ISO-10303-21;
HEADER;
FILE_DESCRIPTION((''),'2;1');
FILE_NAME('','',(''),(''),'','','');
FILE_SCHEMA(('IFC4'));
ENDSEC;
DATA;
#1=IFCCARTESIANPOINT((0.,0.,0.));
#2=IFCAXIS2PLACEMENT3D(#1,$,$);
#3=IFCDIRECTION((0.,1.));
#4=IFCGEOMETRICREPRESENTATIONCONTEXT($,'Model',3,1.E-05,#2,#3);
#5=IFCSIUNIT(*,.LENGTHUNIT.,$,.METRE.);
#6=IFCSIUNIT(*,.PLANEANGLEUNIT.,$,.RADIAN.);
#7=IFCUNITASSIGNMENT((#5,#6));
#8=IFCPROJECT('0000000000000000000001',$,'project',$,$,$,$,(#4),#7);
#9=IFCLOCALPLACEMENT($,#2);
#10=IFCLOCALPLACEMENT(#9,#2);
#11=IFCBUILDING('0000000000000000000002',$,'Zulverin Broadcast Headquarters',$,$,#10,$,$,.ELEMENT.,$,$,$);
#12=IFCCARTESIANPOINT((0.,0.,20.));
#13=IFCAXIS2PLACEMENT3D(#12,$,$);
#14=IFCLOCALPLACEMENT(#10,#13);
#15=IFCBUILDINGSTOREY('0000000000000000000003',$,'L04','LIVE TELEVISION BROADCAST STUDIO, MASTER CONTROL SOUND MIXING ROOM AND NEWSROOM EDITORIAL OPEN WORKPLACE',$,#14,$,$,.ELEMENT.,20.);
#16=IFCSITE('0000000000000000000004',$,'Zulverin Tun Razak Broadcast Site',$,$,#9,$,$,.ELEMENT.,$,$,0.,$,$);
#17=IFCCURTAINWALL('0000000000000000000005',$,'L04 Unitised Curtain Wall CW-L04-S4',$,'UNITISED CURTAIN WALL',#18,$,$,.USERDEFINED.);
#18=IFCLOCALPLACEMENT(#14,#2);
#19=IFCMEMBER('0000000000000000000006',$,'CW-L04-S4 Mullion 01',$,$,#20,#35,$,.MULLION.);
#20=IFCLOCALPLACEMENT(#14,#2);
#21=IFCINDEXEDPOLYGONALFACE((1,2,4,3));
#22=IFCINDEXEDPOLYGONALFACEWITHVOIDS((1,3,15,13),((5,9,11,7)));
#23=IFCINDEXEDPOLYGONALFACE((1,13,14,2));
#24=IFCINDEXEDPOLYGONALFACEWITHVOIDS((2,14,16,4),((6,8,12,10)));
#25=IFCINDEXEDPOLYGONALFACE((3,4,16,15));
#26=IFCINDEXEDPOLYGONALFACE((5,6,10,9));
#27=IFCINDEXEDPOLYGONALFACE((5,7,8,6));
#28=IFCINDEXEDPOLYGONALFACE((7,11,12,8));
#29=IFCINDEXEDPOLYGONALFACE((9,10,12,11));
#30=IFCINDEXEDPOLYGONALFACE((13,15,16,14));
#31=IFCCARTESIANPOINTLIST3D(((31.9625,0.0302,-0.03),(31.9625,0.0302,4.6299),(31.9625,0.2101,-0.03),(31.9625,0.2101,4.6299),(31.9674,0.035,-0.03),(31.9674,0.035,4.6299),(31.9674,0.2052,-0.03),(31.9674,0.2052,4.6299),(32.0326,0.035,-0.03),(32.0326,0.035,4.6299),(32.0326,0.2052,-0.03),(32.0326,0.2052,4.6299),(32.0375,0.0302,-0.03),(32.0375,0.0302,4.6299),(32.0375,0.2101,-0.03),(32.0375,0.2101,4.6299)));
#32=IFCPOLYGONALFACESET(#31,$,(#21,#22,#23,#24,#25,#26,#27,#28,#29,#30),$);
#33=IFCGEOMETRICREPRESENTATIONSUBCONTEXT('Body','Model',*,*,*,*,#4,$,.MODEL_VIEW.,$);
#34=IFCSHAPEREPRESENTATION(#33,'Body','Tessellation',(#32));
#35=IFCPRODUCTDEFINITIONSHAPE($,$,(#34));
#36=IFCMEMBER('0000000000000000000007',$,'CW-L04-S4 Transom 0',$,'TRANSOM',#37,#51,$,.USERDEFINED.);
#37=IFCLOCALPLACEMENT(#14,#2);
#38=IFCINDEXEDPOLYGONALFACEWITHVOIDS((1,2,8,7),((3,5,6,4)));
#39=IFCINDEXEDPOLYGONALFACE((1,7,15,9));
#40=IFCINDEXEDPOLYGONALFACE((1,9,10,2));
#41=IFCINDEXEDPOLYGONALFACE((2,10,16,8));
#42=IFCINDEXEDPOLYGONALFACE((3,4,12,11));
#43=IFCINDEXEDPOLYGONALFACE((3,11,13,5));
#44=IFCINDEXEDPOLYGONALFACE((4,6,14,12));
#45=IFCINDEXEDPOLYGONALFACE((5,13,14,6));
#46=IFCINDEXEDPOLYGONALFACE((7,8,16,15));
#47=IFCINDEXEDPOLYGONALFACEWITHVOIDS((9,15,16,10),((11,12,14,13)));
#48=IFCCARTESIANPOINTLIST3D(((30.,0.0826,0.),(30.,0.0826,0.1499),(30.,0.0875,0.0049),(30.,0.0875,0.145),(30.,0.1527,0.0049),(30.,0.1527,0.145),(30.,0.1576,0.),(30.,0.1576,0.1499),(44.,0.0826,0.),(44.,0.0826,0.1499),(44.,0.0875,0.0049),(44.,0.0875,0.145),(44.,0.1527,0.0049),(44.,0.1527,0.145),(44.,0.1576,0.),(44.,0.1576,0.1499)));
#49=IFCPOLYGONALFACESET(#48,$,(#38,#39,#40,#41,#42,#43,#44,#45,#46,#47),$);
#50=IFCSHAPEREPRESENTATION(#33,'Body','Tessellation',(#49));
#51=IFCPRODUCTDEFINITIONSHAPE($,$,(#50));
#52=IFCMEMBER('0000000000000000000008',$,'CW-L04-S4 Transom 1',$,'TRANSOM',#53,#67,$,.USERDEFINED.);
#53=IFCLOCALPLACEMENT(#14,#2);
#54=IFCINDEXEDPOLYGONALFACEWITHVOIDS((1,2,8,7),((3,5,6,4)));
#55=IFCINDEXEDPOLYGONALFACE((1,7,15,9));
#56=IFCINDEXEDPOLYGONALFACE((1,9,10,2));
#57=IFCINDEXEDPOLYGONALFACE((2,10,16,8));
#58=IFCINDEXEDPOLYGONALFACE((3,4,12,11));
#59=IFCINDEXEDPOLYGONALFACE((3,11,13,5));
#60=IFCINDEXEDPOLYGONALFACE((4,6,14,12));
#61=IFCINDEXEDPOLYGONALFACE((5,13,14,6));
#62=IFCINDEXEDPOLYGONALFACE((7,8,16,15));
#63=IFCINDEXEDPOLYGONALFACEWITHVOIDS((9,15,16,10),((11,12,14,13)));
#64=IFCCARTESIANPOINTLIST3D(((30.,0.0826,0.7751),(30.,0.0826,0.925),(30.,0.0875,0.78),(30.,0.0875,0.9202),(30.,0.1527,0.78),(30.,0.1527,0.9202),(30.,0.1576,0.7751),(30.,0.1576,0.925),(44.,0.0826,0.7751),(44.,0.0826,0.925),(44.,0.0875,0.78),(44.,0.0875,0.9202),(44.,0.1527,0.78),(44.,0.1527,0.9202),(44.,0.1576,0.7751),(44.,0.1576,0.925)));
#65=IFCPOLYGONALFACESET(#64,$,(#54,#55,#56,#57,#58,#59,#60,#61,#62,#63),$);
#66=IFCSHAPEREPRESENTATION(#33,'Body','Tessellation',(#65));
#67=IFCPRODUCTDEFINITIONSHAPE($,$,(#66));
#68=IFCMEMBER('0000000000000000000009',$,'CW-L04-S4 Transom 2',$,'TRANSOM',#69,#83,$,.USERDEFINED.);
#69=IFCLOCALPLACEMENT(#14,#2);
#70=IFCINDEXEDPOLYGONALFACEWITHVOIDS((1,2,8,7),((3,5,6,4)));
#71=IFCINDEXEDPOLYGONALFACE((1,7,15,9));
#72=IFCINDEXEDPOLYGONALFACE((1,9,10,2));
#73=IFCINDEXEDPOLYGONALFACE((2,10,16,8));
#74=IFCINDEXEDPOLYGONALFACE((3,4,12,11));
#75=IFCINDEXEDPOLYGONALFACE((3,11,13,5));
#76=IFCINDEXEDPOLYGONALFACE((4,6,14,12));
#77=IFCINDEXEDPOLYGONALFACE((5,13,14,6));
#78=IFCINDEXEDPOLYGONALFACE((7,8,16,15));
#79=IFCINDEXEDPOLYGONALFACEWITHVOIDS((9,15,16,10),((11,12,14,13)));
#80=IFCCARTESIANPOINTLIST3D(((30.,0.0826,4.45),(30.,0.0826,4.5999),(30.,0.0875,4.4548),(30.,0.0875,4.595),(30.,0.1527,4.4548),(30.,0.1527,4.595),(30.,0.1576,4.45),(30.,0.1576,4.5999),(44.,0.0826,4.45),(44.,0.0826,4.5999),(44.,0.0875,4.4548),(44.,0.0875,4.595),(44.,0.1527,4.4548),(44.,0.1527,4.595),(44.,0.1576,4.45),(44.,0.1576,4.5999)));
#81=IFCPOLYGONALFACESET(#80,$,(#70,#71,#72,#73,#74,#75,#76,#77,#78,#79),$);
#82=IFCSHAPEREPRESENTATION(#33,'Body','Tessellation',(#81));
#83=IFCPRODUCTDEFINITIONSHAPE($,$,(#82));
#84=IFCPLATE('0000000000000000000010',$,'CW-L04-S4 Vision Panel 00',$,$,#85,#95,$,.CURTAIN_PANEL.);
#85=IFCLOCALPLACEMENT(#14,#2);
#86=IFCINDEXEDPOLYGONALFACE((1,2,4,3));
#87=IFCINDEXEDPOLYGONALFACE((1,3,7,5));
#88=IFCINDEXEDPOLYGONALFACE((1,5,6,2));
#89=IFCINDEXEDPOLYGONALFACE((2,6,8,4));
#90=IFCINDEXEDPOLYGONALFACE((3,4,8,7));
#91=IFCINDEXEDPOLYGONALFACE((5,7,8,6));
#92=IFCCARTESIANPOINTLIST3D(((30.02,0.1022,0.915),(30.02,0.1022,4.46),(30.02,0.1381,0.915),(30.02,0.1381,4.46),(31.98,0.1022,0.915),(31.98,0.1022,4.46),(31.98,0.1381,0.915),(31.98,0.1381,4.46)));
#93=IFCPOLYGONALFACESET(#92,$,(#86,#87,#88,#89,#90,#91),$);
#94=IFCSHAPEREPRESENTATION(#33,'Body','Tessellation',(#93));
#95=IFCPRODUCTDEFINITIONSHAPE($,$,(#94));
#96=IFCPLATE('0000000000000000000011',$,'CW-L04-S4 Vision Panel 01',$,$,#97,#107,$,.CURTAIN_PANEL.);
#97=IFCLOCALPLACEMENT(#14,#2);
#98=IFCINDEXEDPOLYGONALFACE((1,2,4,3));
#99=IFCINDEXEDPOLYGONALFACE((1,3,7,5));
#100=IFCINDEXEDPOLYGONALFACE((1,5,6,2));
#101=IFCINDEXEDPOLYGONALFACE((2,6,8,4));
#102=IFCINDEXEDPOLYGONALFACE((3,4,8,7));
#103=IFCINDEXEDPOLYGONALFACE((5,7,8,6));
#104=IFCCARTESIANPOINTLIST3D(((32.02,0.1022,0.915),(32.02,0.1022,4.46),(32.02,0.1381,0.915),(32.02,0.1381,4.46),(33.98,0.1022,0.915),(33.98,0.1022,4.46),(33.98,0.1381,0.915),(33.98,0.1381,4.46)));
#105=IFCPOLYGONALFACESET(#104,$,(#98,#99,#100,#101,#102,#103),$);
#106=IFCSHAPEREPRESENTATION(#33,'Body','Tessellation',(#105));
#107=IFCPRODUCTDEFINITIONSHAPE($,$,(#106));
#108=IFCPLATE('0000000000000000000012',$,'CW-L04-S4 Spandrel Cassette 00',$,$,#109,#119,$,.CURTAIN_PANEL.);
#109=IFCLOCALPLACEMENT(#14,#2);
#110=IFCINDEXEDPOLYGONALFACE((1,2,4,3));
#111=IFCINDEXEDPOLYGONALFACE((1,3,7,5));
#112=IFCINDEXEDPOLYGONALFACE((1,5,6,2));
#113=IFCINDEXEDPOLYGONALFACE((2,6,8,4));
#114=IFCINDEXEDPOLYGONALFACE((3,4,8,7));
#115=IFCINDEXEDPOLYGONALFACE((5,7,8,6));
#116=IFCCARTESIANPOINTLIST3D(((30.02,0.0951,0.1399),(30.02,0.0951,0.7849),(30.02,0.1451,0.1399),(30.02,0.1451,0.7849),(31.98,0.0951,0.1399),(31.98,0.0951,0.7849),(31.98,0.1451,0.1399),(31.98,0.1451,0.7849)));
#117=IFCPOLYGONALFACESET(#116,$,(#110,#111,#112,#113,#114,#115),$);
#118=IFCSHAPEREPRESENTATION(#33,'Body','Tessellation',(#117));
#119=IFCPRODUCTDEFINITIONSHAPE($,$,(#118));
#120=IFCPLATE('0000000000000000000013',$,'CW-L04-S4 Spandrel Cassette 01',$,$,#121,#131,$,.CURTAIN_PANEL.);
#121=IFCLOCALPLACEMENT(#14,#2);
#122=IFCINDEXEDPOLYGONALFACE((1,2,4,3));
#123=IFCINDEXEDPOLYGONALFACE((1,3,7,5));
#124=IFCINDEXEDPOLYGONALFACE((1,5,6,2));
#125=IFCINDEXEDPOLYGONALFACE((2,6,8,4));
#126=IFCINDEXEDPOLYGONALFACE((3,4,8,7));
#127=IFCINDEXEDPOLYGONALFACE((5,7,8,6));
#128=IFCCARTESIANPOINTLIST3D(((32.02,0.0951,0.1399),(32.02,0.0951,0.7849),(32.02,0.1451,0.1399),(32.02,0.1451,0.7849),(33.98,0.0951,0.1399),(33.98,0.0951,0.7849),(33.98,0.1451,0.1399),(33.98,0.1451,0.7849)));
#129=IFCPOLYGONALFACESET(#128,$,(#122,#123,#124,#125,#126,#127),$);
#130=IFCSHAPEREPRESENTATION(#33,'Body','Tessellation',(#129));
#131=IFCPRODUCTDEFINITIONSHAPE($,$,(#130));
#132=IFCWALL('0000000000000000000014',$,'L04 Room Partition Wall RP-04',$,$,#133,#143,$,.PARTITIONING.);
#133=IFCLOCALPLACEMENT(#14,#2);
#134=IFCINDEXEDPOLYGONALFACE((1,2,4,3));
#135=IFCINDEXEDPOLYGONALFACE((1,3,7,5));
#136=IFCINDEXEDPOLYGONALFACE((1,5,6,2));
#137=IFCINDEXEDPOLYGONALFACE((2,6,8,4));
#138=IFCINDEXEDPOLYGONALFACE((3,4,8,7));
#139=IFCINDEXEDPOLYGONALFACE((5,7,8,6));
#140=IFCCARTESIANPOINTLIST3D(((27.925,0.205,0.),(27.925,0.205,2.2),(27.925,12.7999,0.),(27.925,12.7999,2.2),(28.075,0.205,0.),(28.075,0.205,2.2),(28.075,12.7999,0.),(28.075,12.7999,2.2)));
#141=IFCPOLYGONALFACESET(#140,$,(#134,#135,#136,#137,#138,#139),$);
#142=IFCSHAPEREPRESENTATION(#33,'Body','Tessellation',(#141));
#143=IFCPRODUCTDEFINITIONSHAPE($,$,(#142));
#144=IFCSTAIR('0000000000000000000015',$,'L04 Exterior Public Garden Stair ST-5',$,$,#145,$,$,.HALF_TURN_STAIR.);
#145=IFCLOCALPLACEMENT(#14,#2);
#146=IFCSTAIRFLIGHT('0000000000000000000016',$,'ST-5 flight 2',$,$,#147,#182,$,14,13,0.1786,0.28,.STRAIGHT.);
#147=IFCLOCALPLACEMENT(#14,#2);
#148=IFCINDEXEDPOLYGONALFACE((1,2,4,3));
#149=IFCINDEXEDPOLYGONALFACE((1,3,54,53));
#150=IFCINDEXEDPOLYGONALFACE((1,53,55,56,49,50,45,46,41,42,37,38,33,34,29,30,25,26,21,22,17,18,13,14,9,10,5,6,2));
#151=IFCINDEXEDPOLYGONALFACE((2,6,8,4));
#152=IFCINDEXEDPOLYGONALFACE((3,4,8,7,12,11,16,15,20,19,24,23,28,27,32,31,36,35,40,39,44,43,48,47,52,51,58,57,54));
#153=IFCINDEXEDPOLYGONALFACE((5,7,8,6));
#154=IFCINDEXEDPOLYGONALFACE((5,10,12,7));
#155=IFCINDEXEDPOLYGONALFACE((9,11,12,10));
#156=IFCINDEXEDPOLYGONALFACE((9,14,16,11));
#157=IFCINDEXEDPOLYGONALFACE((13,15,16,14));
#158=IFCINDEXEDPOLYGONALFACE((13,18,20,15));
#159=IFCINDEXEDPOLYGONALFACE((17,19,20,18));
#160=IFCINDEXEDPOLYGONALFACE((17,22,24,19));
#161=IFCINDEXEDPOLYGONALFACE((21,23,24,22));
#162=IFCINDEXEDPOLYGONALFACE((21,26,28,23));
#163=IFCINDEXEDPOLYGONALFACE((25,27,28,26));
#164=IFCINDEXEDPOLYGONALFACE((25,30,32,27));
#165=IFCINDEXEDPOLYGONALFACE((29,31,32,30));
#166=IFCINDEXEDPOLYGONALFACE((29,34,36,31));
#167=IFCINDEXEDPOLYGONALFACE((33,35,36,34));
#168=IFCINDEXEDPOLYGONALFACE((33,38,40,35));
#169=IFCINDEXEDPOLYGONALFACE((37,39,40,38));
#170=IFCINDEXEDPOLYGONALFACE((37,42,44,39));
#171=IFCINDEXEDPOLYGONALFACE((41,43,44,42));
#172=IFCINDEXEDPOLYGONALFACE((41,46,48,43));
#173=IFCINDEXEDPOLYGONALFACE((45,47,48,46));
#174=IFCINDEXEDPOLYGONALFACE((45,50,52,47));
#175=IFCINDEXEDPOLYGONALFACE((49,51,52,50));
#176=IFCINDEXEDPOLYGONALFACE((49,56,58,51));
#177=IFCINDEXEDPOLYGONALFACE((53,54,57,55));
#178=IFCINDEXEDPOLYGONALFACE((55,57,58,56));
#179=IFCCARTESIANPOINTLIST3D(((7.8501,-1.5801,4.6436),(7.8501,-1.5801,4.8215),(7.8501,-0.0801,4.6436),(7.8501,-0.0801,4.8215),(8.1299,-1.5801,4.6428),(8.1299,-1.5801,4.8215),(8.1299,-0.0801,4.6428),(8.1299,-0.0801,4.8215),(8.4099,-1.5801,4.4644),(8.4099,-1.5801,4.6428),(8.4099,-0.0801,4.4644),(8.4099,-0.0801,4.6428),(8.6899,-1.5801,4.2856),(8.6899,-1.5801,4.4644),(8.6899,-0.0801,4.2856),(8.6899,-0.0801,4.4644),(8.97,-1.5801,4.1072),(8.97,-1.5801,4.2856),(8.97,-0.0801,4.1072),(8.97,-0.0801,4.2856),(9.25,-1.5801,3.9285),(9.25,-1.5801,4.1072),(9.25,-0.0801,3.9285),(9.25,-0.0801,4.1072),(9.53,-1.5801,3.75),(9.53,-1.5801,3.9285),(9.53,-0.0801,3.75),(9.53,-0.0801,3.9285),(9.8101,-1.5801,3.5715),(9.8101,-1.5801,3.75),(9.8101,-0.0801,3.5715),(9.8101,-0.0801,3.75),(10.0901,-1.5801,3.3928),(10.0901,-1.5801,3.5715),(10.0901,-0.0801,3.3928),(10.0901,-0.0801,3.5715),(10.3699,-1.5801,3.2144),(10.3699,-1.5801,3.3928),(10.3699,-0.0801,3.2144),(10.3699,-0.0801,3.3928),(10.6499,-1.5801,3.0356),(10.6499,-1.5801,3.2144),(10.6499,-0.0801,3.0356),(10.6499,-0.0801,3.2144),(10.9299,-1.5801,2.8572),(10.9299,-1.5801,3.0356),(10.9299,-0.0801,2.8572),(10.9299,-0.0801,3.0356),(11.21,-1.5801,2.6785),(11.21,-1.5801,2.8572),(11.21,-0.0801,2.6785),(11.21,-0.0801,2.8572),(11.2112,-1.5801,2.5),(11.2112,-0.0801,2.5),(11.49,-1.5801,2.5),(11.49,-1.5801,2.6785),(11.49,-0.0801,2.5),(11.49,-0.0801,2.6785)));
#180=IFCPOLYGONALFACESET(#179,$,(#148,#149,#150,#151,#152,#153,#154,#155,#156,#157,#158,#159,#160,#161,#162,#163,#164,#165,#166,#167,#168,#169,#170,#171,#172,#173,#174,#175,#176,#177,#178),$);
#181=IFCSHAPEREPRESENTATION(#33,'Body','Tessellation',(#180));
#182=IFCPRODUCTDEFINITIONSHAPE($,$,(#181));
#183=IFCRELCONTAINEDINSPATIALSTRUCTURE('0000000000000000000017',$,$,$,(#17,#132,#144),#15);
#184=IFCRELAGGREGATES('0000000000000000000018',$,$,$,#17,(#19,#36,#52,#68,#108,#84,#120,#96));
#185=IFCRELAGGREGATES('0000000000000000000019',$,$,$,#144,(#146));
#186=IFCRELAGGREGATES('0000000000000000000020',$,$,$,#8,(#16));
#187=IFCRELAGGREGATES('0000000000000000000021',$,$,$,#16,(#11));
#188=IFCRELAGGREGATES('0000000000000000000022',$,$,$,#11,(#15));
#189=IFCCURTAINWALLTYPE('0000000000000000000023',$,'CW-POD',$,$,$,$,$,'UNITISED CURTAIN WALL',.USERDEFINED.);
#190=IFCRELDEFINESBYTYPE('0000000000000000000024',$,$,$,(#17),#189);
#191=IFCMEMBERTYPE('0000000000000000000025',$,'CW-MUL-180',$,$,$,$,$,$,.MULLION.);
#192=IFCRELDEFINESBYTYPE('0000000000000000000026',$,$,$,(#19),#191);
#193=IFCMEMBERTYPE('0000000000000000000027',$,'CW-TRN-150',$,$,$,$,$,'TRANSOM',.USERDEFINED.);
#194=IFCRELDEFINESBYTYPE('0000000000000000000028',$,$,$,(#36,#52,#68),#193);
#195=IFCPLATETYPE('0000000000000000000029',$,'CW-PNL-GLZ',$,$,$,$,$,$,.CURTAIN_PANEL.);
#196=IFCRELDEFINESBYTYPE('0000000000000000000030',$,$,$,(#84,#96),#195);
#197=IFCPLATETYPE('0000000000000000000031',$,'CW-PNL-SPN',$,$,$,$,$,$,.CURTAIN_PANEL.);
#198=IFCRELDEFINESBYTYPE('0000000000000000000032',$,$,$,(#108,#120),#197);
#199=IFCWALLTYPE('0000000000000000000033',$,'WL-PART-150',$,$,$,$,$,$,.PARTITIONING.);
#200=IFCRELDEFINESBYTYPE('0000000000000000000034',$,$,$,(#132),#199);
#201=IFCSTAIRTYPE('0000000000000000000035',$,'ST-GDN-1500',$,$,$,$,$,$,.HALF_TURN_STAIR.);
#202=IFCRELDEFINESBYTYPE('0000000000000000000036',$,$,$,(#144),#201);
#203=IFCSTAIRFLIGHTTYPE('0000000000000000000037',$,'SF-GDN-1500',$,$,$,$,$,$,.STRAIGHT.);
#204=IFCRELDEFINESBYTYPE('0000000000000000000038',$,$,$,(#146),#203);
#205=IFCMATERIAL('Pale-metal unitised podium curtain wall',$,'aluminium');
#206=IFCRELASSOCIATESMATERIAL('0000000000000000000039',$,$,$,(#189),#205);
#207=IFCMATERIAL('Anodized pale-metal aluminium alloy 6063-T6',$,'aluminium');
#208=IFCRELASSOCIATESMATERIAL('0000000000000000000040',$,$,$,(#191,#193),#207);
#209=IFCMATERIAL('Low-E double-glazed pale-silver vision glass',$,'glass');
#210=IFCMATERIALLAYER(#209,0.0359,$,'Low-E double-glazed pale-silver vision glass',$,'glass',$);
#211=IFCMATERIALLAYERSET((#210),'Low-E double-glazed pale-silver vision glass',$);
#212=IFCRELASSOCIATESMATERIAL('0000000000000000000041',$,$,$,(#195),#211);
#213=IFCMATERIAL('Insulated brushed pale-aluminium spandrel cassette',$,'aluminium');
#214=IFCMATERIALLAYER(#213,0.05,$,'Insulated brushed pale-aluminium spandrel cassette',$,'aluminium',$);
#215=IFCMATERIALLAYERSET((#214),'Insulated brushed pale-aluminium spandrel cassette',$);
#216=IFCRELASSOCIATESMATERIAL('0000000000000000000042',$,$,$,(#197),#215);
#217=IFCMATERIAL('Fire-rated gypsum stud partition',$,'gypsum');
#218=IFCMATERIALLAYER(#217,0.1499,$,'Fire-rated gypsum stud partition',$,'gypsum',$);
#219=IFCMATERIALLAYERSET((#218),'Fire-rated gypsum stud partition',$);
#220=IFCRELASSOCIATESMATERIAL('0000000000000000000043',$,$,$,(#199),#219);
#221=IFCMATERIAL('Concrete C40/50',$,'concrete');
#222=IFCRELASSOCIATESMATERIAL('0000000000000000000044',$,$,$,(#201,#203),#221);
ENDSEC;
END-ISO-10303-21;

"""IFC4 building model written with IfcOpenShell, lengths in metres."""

from ifc_helpers import new_model, si_unit, direction, frame, frame_2d, origin, origin_2d, place, context, subcontext, project, spatial, polyline, rectangle, hollow_rectangle, outline, extrude, material, layer, layer_set, material_profile, profile_set, type_object, element, aggregate, save


model = new_model("IFC4")

# Units and contexts
model_context = context("Model", 3, precision=1e-05, world=origin(), true_north=direction((0.0, 1.0)))
body_context = subcontext(model_context, "Body", "Model", "MODEL_VIEW")
ifc_project = project(units=[si_unit("LENGTHUNIT", "METRE"), si_unit("PLANEANGLEUNIT", "RADIAN")], contexts=[model_context])

# Site, building, storey
site_placement = place(None, origin())
site = spatial("IfcSite", under=ifc_project, at=site_placement, Name="Zulverin Tun Razak Broadcast Site", CompositionType="ELEMENT", RefElevation=0.0)
building_placement = place(site_placement, origin())
building = spatial("IfcBuilding", under=site, at=building_placement, Name="Zulverin Broadcast Headquarters", CompositionType="ELEMENT")
storey_placement = place(building_placement, frame((0.0, 0.0, 20.0)))
storey = spatial("IfcBuildingStorey", under=building, at=storey_placement, Name="L04", Description="LIVE TELEVISION BROADCAST STUDIO, MASTER CONTROL SOUND MIXING ROOM AND NEWSROOM EDITORIAL OPEN WORKPLACE", CompositionType="ELEMENT", Elevation=20.0)

# Curtain wall, members, plates
ifc_material_1 = material(Name="Pale-metal unitised podium curtain wall", Category="aluminium")
curtain_wall_type = type_object("IfcCurtainWallType", Name="CW-POD", ElementType="UNITISED CURTAIN WALL", PredefinedType="USERDEFINED", material=ifc_material_1)
curtain_wall_placement = place(storey_placement, origin())
curtain_wall = element("IfcCurtainWall", 1, at=curtain_wall_placement, inside=storey, type_object=curtain_wall_type, Name="L04 Unitised Curtain Wall CW-L04-S4", ObjectType="UNITISED CURTAIN WALL", PredefinedType="USERDEFINED")
ifc_material_2 = material(Name="Anodized pale-metal aluminium alloy 6063-T6", Category="aluminium")
ifc_material_profile_1 = material_profile(ifc_material_2, hollow_rectangle(XDim=0.075, YDim=0.1799, WallThickness=0.0049, at=origin_2d()), Name="Anodized pale-metal aluminium alloy 6063-T6", Category="aluminium")
ifc_profile_set_1 = profile_set([ifc_material_profile_1], Name="Anodized pale-metal aluminium alloy 6063-T6")
member_type_1 = type_object("IfcMemberType", Name="CW-MUL-180", PredefinedType="MULLION", material=ifc_profile_set_1)
member_1_placement = place(storey_placement, frame((32.0, 0.1201, -0.03), z_axis=(0.0, 0.0, 1.0), x_axis=(1.0, 0.0, 0.0)))
member_1 = element("IfcMember", 2, at=member_1_placement, type_object=member_type_1, Name="CW-L04-S4 Mullion 01", PredefinedType="MULLION", context=body_context, shape_type="SweptSolid", body=[
    extrude(hollow_rectangle(XDim=0.075, YDim=0.1799, WallThickness=0.0049, at=origin_2d()), origin(), (0.0, 0.0, 1.0), 4.6599),
])
ifc_material_profile_2 = material_profile(ifc_material_2, hollow_rectangle(XDim=0.075, YDim=0.1499, WallThickness=0.0049, at=origin_2d()), Name="Anodized pale-metal aluminium alloy 6063-T6", Category="aluminium")
ifc_profile_set_2 = profile_set([ifc_material_profile_2], Name="Anodized pale-metal aluminium alloy 6063-T6")
member_type_2 = type_object("IfcMemberType", Name="CW-TRN-150", ElementType="TRANSOM", PredefinedType="USERDEFINED", material=ifc_profile_set_2)
member_2_placement = place(storey_placement, frame((30.0, 0.1201, 0.075), z_axis=(1.0, 0.0, 0.0), x_axis=(0.0, 1.0, 0.0)))
member_2 = element("IfcMember", 3, at=member_2_placement, type_object=member_type_2, Name="CW-L04-S4 Transom 0", ObjectType="TRANSOM", PredefinedType="USERDEFINED", context=body_context, shape_type="SweptSolid", body=[
    extrude(hollow_rectangle(XDim=0.075, YDim=0.1499, WallThickness=0.0049, at=origin_2d()), origin(), (0.0, 0.0, 1.0), 14.0),
])
member_3_placement = place(storey_placement, frame((30.0, 0.1201, 0.8501), z_axis=(1.0, 0.0, 0.0), x_axis=(0.0, 1.0, 0.0)))
member_3 = element("IfcMember", 4, at=member_3_placement, type_object=member_type_2, Name="CW-L04-S4 Transom 1", ObjectType="TRANSOM", PredefinedType="USERDEFINED", context=body_context, shape_type="SweptSolid", body=[
    extrude(hollow_rectangle(XDim=0.075, YDim=0.1499, WallThickness=0.0049, at=origin_2d()), origin(), (0.0, 0.0, 1.0), 14.0),
])
member_4_placement = place(storey_placement, frame((30.0, 0.1201, 4.5249), z_axis=(1.0, 0.0, 0.0), x_axis=(0.0, 1.0, 0.0)))
member_4 = element("IfcMember", 5, at=member_4_placement, type_object=member_type_2, Name="CW-L04-S4 Transom 2", ObjectType="TRANSOM", PredefinedType="USERDEFINED", context=body_context, shape_type="SweptSolid", body=[
    extrude(hollow_rectangle(XDim=0.075, YDim=0.1499, WallThickness=0.0049, at=origin_2d()), origin(), (0.0, 0.0, 1.0), 14.0),
])
ifc_material_3 = material(Name="Low-E double-glazed pale-silver vision glass", Category="glass")
ifc_layer_1 = layer(ifc_material_3, 0.0359, Name="Low-E double-glazed pale-silver vision glass", Category="glass")
ifc_layer_set_1 = layer_set([ifc_layer_1], Name="Low-E double-glazed pale-silver vision glass")
plate_type_1 = type_object("IfcPlateType", Name="CW-PNL-GLZ", PredefinedType="CURTAIN_PANEL", material=ifc_layer_set_1)
plate_1_placement = place(storey_placement, frame((31.0, 0.1201, 0.915), z_axis=(0.0, 0.0, 1.0), x_axis=(1.0, 0.0, 0.0)))
plate_1 = element("IfcPlate", 6, at=plate_1_placement, type_object=plate_type_1, Name="CW-L04-S4 Vision Panel 00", PredefinedType="CURTAIN_PANEL", context=body_context, shape_type="SweptSolid", body=[
    extrude(rectangle(XDim=1.96, YDim=0.0359, at=origin_2d()), origin(), (0.0, 0.0, 1.0), 3.5449),
])
plate_2_placement = place(storey_placement, frame((33.0, 0.1201, 0.915), z_axis=(0.0, 0.0, 1.0), x_axis=(1.0, 0.0, 0.0)))
plate_2 = element("IfcPlate", 7, at=plate_2_placement, type_object=plate_type_1, Name="CW-L04-S4 Vision Panel 01", PredefinedType="CURTAIN_PANEL", context=body_context, shape_type="SweptSolid", body=[
    extrude(rectangle(XDim=1.96, YDim=0.0359, at=origin_2d()), origin(), (0.0, 0.0, 1.0), 3.5449),
])
ifc_material_4 = material(Name="Insulated brushed pale-aluminium spandrel cassette", Category="aluminium")
ifc_layer_2 = layer(ifc_material_4, 0.05, Name="Insulated brushed pale-aluminium spandrel cassette", Category="aluminium")
ifc_layer_set_2 = layer_set([ifc_layer_2], Name="Insulated brushed pale-aluminium spandrel cassette")
plate_type_2 = type_object("IfcPlateType", Name="CW-PNL-SPN", PredefinedType="CURTAIN_PANEL", material=ifc_layer_set_2)
plate_3_placement = place(storey_placement, frame((31.0, 0.1201, 0.1399), z_axis=(0.0, 0.0, 1.0), x_axis=(1.0, 0.0, 0.0)))
plate_3 = element("IfcPlate", 8, at=plate_3_placement, type_object=plate_type_2, Name="CW-L04-S4 Spandrel Cassette 00", PredefinedType="CURTAIN_PANEL", context=body_context, shape_type="SweptSolid", body=[
    extrude(rectangle(XDim=1.96, YDim=0.05, at=origin_2d()), origin(), (0.0, 0.0, 1.0), 0.645),
])
plate_4_placement = place(storey_placement, frame((33.0, 0.1201, 0.1399), z_axis=(0.0, 0.0, 1.0), x_axis=(1.0, 0.0, 0.0)))
plate_4 = element("IfcPlate", 9, at=plate_4_placement, type_object=plate_type_2, Name="CW-L04-S4 Spandrel Cassette 01", PredefinedType="CURTAIN_PANEL", context=body_context, shape_type="SweptSolid", body=[
    extrude(rectangle(XDim=1.96, YDim=0.05, at=origin_2d()), origin(), (0.0, 0.0, 1.0), 0.645),
])
aggregate(curtain_wall, [member_1, member_2, member_3, member_4, plate_3, plate_1, plate_4, plate_2])

# Wall
ifc_material_5 = material(Name="Fire-rated gypsum stud partition", Category="gypsum")
ifc_layer_3 = layer(ifc_material_5, 0.1499, Name="Fire-rated gypsum stud partition", Category="gypsum")
ifc_layer_set_3 = layer_set([ifc_layer_3], Name="Fire-rated gypsum stud partition")
wall_type = type_object("IfcWallType", Name="WL-PART-150", PredefinedType="PARTITIONING", material=ifc_layer_set_3)
wall_placement = place(storey_placement, frame((28.0, 0.2051, 0.0), z_axis=(0.0, 0.0, 1.0), x_axis=(0.0, 1.0, 0.0)))
element("IfcWall", 10, at=wall_placement, inside=storey, type_object=wall_type, Name="L04 Room Partition Wall RP-04", PredefinedType="PARTITIONING", context=body_context, shape_type="SweptSolid", body=[
    extrude(rectangle(XDim=12.595, YDim=0.1499, at=frame_2d((6.2974, 0.0))), origin(), (0.0, 0.0, 1.0), 2.2),
])

# Stair, stair flight
ifc_material_6 = material(Name="Concrete C40/50", Category="concrete")
stair_type = type_object("IfcStairType", Name="ST-GDN-1500", PredefinedType="HALF_TURN_STAIR", material=ifc_material_6)
stair_placement = place(storey_placement, origin())
stair = element("IfcStair", 11, at=stair_placement, inside=storey, type_object=stair_type, Name="L04 Exterior Public Garden Stair ST-5", PredefinedType="HALF_TURN_STAIR")
stair_flight_type = type_object("IfcStairFlightType", Name="SF-GDN-1500", PredefinedType="STRAIGHT", material=ifc_material_6)
stair_flight_placement = place(storey_placement, frame((11.49, -0.8301, 2.5), z_axis=(0.0, 0.0, 1.0), x_axis=(-1.0, 0.0, 0.0)))
stair_flight = element("IfcStairFlight", 12, at=stair_flight_placement, type_object=stair_flight_type, Name="ST-5 flight 2", NumberOfRisers=14, NumberOfTreads=13, PredefinedType="STRAIGHT", RiserHeight=0.1786, TreadLength=0.28, context=body_context, shape_type="SweptSolid", body=[
    extrude(outline(polyline([(0.0, 0.0), (0.0, 0.1785), (0.28, 0.1785), (0.28, 0.3572), (0.5601, 0.3572), (0.5601, 0.5356), (0.8401, 0.5356), (0.8401, 0.7144), (1.1201, 0.7144), (1.1201, 0.8928), (1.3999, 0.8928), (1.3999, 1.0715), (1.6799, 1.0715), (1.6799, 1.25), (1.96, 1.25), (1.96, 1.4285), (2.24, 1.4285), (2.24, 1.6072), (2.52, 1.6072), (2.52, 1.7856), (2.8, 1.7856), (2.8, 1.9644), (3.0801, 1.9644), (3.0801, 2.1428), (3.3601, 2.1428), (3.3601, 2.3215), (3.6399, 2.3215), (3.6399, 2.5), (3.6399, 2.1436), (0.2788, 0.0), (0.0, 0.0)])), frame((0.0, 0.75, 0.0), z_axis=(0.0, -1.0, 0.0), x_axis=(1.0, 0.0, 0.0)), (0.0, 0.0, 1.0), 1.5),
])
aggregate(stair, [stair_flight])

save(model, "model.ifc")
